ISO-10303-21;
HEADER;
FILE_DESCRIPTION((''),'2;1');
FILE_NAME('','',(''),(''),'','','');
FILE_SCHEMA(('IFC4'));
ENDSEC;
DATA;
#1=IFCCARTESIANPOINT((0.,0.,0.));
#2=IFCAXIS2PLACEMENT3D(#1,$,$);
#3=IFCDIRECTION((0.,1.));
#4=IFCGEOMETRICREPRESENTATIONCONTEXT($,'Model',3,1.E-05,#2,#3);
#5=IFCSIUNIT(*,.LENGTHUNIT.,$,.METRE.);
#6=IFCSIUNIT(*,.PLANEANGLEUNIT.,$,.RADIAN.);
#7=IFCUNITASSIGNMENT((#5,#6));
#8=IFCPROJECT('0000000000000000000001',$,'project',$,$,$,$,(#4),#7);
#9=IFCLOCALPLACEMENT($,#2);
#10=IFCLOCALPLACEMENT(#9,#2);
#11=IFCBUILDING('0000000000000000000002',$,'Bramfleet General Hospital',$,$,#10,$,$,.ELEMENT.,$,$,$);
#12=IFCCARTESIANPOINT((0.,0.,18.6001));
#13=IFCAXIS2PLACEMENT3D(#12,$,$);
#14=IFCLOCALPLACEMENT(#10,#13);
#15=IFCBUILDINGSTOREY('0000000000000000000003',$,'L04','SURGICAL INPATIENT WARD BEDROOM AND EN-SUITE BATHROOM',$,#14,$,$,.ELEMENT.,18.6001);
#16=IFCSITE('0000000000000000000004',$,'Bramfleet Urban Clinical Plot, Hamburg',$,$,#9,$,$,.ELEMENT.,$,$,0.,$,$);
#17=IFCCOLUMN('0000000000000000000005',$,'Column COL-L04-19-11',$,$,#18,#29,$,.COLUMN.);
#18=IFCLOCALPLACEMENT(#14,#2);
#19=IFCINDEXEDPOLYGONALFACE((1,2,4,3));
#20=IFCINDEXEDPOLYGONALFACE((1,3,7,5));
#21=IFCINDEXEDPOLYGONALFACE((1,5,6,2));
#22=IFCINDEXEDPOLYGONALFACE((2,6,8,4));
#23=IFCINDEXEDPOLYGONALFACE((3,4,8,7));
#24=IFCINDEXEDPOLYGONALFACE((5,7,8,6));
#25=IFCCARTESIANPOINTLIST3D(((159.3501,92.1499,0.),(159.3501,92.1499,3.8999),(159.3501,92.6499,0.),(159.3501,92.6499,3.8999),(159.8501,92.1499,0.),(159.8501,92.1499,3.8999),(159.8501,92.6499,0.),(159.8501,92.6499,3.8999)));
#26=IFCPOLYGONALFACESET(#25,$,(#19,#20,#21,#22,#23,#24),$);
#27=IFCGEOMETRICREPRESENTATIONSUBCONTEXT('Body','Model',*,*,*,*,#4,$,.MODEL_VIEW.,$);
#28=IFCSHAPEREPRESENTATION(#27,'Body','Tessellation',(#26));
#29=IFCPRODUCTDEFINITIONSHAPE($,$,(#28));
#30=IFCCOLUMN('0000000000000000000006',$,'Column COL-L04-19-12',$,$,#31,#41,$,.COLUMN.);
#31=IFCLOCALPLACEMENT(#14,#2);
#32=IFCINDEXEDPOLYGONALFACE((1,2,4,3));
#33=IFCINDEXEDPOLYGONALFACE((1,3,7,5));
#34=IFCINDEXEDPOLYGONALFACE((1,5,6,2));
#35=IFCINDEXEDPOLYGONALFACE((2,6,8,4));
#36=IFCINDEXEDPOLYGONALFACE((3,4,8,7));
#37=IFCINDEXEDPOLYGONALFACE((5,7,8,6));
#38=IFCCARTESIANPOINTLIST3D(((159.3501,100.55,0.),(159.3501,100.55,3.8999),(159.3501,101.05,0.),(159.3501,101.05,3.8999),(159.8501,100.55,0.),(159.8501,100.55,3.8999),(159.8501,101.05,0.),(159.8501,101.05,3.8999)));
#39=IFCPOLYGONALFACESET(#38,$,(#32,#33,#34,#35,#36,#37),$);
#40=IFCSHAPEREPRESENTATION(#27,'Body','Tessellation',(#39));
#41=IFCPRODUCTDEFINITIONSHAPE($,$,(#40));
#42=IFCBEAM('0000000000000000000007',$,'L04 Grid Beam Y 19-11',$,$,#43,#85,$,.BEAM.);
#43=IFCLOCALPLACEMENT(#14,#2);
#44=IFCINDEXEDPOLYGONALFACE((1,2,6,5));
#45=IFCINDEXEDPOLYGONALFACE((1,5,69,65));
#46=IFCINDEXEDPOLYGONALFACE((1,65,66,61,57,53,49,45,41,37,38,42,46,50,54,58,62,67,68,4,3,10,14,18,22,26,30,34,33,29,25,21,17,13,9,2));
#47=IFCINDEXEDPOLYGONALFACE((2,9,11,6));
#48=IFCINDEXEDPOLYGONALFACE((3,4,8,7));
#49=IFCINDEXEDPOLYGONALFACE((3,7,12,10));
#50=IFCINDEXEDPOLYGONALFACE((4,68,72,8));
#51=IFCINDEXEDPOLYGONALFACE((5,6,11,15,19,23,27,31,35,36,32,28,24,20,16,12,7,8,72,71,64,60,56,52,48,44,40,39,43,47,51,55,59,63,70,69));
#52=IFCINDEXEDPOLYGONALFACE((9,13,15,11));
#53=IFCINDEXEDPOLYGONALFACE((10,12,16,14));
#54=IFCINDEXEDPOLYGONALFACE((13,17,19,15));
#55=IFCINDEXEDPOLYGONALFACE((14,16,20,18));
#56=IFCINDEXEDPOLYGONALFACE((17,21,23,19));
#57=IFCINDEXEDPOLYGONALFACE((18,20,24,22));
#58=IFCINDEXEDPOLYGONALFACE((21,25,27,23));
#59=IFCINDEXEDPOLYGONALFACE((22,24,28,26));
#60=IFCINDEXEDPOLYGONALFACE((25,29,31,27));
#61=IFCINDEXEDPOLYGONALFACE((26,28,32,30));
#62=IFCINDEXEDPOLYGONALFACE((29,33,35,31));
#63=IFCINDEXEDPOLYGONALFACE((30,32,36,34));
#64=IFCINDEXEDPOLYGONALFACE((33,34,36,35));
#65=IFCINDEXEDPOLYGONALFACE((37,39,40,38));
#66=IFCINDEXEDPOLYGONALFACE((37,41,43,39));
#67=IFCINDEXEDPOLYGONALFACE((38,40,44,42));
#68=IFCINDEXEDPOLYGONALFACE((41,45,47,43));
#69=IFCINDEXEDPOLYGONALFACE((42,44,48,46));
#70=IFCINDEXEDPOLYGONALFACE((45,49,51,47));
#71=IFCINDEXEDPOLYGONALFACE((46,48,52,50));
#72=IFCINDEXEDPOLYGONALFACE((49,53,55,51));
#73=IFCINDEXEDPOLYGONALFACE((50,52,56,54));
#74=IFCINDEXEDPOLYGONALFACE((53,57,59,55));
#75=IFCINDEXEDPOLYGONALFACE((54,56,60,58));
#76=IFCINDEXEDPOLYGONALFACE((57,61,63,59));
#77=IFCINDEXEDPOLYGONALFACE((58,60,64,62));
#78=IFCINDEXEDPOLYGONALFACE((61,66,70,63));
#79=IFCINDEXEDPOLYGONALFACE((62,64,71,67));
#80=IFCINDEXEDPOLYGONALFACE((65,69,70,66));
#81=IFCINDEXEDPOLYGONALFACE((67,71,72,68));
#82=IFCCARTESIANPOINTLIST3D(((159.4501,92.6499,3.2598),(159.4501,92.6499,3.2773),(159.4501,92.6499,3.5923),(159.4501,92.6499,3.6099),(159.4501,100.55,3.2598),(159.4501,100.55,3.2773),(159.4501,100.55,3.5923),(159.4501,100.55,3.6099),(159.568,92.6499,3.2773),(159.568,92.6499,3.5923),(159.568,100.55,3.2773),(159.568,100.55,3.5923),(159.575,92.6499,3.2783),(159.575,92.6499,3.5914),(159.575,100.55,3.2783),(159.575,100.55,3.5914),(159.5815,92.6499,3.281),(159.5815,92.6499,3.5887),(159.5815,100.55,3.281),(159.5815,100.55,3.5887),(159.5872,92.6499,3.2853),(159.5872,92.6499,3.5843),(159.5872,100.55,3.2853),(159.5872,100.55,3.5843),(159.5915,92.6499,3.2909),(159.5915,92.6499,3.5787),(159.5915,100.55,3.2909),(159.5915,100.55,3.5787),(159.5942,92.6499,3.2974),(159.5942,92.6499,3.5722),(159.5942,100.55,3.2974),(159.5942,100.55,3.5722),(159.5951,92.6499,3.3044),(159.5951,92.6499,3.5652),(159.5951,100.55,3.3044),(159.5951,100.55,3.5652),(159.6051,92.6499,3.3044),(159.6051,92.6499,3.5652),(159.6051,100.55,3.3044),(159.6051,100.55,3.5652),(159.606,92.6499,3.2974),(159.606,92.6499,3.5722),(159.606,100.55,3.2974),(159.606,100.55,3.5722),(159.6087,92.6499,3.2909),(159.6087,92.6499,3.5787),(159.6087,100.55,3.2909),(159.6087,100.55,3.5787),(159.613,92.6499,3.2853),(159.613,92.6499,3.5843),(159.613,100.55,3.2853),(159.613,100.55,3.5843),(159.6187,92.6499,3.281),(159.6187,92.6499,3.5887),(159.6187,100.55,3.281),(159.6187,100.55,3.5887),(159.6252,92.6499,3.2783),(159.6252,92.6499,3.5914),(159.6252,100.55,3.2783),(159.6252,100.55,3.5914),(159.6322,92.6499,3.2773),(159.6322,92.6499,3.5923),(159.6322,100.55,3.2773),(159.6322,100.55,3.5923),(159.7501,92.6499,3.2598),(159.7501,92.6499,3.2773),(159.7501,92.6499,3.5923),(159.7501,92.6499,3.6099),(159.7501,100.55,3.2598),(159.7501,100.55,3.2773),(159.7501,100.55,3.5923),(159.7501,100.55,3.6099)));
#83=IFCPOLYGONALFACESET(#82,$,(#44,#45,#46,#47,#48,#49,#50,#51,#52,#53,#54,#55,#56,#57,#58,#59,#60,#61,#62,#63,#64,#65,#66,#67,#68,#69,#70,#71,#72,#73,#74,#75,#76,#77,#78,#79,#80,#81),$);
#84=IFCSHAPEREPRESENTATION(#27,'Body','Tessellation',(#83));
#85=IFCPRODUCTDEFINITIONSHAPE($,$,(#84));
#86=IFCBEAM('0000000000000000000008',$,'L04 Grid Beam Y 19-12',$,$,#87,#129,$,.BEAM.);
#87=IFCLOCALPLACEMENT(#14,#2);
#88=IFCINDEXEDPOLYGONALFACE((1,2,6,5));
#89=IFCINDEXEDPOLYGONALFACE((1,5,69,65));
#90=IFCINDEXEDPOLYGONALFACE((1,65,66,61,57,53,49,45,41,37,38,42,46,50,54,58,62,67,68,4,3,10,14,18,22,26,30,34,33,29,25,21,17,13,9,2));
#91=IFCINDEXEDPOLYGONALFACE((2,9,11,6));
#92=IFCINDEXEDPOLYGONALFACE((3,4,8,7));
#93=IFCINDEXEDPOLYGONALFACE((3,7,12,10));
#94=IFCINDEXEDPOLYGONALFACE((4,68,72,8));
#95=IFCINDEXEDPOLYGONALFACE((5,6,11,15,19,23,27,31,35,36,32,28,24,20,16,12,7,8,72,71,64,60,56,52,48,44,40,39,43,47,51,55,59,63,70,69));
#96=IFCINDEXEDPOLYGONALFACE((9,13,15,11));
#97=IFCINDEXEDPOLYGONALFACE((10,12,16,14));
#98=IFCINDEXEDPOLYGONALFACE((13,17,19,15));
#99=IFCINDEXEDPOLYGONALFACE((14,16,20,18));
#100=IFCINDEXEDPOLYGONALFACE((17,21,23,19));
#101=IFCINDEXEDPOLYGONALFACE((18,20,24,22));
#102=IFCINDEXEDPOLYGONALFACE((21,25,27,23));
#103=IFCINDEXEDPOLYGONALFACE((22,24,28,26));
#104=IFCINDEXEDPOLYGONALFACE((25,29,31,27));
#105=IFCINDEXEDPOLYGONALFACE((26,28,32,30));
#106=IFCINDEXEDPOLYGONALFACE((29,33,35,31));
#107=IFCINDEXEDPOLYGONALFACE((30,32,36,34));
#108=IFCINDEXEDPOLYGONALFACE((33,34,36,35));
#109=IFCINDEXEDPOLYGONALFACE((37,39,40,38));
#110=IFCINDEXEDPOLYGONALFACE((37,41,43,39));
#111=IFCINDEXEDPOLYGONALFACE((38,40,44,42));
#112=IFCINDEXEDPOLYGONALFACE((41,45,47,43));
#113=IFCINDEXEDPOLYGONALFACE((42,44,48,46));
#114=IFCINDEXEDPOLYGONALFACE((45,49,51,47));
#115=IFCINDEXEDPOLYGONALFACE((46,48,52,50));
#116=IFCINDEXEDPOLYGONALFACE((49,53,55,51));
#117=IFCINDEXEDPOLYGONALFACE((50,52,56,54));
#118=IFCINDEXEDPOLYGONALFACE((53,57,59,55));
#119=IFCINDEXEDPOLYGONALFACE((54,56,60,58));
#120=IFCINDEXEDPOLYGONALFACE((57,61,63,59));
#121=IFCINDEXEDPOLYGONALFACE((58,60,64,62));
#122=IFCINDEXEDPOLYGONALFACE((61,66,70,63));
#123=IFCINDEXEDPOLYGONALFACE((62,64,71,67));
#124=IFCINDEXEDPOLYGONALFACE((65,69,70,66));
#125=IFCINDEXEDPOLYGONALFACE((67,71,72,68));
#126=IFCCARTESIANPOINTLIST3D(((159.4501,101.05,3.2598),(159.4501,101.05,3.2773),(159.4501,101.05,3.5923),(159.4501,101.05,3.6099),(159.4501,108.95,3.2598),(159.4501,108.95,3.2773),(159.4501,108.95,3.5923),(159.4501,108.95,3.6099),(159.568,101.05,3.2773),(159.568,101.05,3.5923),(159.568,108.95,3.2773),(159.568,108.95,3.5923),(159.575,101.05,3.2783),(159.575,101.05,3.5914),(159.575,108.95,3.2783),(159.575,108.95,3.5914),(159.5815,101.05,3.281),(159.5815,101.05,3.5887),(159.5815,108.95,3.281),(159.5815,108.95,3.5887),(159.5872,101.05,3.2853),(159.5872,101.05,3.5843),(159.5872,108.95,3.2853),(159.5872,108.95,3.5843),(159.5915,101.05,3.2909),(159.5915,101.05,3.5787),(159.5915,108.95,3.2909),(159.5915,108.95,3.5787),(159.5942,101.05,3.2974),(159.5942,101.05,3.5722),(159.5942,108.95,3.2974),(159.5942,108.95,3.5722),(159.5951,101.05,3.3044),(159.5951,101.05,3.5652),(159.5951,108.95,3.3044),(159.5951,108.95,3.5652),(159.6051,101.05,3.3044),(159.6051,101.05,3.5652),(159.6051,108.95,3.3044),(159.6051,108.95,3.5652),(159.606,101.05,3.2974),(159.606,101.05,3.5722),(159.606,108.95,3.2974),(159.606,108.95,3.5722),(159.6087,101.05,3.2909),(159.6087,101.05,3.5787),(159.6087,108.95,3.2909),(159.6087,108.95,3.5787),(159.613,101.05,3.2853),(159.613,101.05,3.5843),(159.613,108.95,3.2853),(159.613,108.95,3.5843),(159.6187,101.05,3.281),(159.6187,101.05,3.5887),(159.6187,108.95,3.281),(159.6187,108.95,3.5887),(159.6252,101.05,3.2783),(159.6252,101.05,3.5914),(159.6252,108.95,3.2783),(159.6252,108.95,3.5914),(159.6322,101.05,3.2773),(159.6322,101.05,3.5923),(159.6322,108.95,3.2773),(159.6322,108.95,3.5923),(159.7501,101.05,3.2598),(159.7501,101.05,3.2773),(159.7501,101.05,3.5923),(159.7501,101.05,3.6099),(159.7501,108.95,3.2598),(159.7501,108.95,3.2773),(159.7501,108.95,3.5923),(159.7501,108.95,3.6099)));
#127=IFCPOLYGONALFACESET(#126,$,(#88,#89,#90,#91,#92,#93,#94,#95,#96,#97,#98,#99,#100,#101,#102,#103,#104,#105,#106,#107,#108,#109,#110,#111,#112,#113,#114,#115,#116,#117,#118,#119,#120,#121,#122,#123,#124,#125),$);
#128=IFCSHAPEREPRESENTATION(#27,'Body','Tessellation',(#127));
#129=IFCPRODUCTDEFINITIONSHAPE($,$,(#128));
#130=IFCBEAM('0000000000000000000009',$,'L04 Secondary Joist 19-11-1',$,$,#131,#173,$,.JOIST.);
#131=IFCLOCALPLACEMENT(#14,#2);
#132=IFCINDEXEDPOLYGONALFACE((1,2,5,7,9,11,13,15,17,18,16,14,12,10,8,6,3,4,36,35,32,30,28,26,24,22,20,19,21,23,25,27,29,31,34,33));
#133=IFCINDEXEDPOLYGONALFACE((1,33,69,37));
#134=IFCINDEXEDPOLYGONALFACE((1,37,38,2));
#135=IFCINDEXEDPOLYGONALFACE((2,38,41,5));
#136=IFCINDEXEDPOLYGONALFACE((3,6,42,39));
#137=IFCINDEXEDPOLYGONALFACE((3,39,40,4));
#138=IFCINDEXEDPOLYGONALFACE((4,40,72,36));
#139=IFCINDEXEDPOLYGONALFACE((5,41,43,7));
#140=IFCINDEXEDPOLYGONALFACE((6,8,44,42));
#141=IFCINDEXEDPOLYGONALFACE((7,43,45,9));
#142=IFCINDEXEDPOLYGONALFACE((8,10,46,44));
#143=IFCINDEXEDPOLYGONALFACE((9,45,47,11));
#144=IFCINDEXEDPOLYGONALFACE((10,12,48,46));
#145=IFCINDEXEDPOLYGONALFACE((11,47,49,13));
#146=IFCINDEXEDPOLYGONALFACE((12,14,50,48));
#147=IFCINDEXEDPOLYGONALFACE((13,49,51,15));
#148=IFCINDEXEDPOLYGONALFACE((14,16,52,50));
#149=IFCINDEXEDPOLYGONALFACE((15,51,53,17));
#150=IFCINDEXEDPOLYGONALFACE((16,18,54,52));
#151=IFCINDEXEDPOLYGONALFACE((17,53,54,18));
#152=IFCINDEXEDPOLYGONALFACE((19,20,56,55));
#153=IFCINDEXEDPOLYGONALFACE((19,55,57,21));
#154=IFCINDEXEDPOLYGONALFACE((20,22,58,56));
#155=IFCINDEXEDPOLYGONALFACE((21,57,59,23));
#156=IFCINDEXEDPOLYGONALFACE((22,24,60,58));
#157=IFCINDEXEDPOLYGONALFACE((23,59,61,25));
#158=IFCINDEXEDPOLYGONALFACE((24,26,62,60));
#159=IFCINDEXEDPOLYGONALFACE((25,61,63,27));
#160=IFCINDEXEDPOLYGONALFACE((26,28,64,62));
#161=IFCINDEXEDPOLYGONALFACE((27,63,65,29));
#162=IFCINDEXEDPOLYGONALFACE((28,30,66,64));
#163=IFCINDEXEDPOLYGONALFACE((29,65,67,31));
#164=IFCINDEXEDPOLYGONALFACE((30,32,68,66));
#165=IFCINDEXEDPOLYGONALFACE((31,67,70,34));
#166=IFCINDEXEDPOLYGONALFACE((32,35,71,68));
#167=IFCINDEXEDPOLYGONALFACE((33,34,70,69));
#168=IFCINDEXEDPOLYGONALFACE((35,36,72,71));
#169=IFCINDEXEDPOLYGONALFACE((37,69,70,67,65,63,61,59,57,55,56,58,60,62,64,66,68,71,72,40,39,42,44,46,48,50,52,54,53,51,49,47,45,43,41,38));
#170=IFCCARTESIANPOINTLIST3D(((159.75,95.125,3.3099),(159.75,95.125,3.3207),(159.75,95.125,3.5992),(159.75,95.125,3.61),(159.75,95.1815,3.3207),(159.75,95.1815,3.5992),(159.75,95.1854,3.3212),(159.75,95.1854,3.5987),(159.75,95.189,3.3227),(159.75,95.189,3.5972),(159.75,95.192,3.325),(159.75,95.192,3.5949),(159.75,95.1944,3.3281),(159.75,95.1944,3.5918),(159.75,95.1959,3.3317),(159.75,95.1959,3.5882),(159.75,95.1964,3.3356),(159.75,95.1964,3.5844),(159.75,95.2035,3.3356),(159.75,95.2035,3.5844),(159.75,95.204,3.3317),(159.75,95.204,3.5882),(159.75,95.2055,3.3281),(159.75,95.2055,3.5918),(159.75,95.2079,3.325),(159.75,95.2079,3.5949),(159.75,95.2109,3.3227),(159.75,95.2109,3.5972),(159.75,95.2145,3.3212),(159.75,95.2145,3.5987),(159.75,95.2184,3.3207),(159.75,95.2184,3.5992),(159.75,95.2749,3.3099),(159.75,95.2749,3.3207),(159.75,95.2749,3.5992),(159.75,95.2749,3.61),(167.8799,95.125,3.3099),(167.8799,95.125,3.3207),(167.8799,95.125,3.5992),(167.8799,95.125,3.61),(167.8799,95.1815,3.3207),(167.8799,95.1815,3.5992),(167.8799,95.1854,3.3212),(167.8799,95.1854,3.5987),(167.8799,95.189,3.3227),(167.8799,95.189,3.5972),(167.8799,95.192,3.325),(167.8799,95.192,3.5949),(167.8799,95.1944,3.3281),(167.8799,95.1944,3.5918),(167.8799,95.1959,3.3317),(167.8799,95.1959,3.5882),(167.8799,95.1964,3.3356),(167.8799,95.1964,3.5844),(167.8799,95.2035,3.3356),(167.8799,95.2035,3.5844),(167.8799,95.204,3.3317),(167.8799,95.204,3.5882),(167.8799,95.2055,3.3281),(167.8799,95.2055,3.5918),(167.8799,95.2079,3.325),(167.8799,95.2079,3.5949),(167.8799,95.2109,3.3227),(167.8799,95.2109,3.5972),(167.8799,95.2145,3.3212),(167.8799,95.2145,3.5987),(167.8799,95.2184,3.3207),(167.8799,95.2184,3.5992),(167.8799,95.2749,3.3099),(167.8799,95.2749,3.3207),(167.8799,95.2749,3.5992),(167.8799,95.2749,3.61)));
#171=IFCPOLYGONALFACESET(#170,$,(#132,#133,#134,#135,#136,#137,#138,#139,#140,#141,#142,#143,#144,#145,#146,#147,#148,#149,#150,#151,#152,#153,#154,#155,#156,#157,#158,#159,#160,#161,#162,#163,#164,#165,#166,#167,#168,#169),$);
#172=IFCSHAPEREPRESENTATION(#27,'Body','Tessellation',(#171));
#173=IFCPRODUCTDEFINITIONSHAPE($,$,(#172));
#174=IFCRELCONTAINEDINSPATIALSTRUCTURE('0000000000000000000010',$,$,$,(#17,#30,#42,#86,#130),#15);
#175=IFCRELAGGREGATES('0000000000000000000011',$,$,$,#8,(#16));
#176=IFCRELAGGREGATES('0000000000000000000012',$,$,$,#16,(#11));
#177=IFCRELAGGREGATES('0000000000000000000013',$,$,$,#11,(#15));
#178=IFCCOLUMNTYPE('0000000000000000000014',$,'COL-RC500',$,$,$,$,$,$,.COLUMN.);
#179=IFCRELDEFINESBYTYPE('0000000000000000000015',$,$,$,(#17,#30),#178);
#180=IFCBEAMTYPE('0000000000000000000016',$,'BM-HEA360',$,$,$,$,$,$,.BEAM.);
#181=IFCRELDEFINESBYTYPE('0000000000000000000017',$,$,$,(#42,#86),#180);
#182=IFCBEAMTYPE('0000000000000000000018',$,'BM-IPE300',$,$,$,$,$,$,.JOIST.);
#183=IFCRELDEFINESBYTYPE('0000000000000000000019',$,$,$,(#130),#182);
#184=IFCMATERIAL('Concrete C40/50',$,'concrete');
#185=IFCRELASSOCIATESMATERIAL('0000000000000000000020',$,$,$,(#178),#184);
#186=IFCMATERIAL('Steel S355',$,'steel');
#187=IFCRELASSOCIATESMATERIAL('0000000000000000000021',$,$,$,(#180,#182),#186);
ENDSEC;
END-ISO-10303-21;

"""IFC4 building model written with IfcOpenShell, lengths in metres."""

from ifc_helpers import new_model, si_unit, direction, frame, origin, origin_2d, place, context, subcontext, project, spatial, rectangle, i_section, extrude, material, material_profile, profile_set, type_object, element, save


model = new_model("IFC4")

# Units and contexts
model_context = context("Model", 3, precision=1e-05, world=origin(), true_north=direction((0.0, 1.0)))
body_context = subcontext(model_context, "Body", "Model", "MODEL_VIEW")
ifc_project = project(units=[si_unit("LENGTHUNIT", "METRE"), si_unit("PLANEANGLEUNIT", "RADIAN")], contexts=[model_context])

# Site, building, storey
site_placement = place(None, origin())
site = spatial("IfcSite", under=ifc_project, at=site_placement, Name="Bramfleet Urban Clinical Plot, Hamburg", CompositionType="ELEMENT", RefElevation=0.0)
building_placement = place(site_placement, origin())
building = spatial("IfcBuilding", under=site, at=building_placement, Name="Bramfleet General Hospital", CompositionType="ELEMENT")
storey_placement = place(building_placement, frame((0.0, 0.0, 18.6001)))
storey = spatial("IfcBuildingStorey", under=building, at=storey_placement, Name="L04", Description="SURGICAL INPATIENT WARD BEDROOM AND EN-SUITE BATHROOM", CompositionType="ELEMENT", Elevation=18.6001)

# Columns
ifc_material_1 = material(Name="Concrete C40/50", Category="concrete")
ifc_material_profile_1 = material_profile(ifc_material_1, rectangle(XDim=0.5, YDim=0.5, at=origin_2d()), Name="RC COL 500x500")
ifc_profile_set_1 = profile_set([ifc_material_profile_1], Name="Concrete C40/50")
column_type = type_object("IfcColumnType", Name="COL-RC500", PredefinedType="COLUMN", material=ifc_profile_set_1)
for number, where, z_axis, x_axis, name in (
    (1, (159.6001, 92.3999, 0.0), (0.0, 0.0, 1.0), (1.0, 0.0, 0.0), "Column COL-L04-19-11"),
    (2, (159.6001, 100.8, 0.0), (0.0, 0.0, 1.0), (1.0, 0.0, 0.0), "Column COL-L04-19-12"),
):
    element("IfcColumn", number, at=place(storey_placement, frame(where, z_axis=z_axis, x_axis=x_axis)), inside=storey, type_object=column_type, Name=name, PredefinedType="COLUMN", context=body_context, shape_type="SweptSolid", body=[
        extrude(rectangle(XDim=0.5, YDim=0.5, at=origin_2d()), origin(), (0.0, 0.0, 1.0), 3.8999),
    ])

# Beams
ifc_material_2 = material(Name="Steel S355", Category="steel")
ifc_material_profile_2 = material_profile(ifc_material_2, i_section(OverallWidth=0.3, OverallDepth=0.3501, WebThickness=0.01, FlangeThickness=0.0176, FilletRadius=0.0271, at=origin_2d()), Name="HEA 360")
ifc_profile_set_2 = profile_set([ifc_material_profile_2], Name="Steel S355")
beam_type_1 = type_object("IfcBeamType", Name="BM-HEA360", PredefinedType="BEAM", material=ifc_profile_set_2)
beam_1_placement = place(storey_placement, frame((159.6001, 92.6499, 3.4348), z_axis=(0.0, 1.0, 0.0), x_axis=(-1.0, 0.0, 0.0)))
element("IfcBeam", 3, at=beam_1_placement, inside=storey, type_object=beam_type_1, Name="L04 Grid Beam Y 19-11", PredefinedType="BEAM", context=body_context, shape_type="SweptSolid", body=[
    extrude(i_section(OverallWidth=0.3, OverallDepth=0.3501, WebThickness=0.01, FlangeThickness=0.0176, FilletRadius=0.0271, at=origin_2d()), origin(), (0.0, 0.0, 1.0), 7.9001),
])
beam_2_placement = place(storey_placement, frame((159.6001, 101.05, 3.4348), z_axis=(0.0, 1.0, 0.0), x_axis=(-1.0, 0.0, 0.0)))
element("IfcBeam", 4, at=beam_2_placement, inside=storey, type_object=beam_type_1, Name="L04 Grid Beam Y 19-12", PredefinedType="BEAM", context=body_context, shape_type="SweptSolid", body=[
    extrude(i_section(OverallWidth=0.3, OverallDepth=0.3501, WebThickness=0.01, FlangeThickness=0.0176, FilletRadius=0.0271, at=origin_2d()), origin(), (0.0, 0.0, 1.0), 7.8999),
])
ifc_material_profile_3 = material_profile(ifc_material_2, i_section(OverallWidth=0.1499, OverallDepth=0.3, WebThickness=0.0071, FlangeThickness=0.0107, FilletRadius=0.0149, at=origin_2d()), Name="IPE 300")
ifc_profile_set_3 = profile_set([ifc_material_profile_3], Name="Steel S355")
beam_type_2 = type_object("IfcBeamType", Name="BM-IPE300", PredefinedType="JOIST", material=ifc_profile_set_3)
for number, where, z_axis, x_axis, name in (
    (5, (159.75, 95.2, 3.46), (1.0, 0.0, 0.0), (0.0, 1.0, 0.0), "L04 Secondary Joist 19-11-1"),
):
    element("IfcBeam", number, at=place(storey_placement, frame(where, z_axis=z_axis, x_axis=x_axis)), inside=storey, type_object=beam_type_2, Name=name, PredefinedType="JOIST", context=body_context, shape_type="SweptSolid", body=[
        extrude(i_section(OverallWidth=0.1499, OverallDepth=0.3, WebThickness=0.0071, FlangeThickness=0.0107, FilletRadius=0.0149, at=origin_2d()), origin(), (0.0, 0.0, 1.0), 8.1299),
    ])

save(model, "model.ifc")
